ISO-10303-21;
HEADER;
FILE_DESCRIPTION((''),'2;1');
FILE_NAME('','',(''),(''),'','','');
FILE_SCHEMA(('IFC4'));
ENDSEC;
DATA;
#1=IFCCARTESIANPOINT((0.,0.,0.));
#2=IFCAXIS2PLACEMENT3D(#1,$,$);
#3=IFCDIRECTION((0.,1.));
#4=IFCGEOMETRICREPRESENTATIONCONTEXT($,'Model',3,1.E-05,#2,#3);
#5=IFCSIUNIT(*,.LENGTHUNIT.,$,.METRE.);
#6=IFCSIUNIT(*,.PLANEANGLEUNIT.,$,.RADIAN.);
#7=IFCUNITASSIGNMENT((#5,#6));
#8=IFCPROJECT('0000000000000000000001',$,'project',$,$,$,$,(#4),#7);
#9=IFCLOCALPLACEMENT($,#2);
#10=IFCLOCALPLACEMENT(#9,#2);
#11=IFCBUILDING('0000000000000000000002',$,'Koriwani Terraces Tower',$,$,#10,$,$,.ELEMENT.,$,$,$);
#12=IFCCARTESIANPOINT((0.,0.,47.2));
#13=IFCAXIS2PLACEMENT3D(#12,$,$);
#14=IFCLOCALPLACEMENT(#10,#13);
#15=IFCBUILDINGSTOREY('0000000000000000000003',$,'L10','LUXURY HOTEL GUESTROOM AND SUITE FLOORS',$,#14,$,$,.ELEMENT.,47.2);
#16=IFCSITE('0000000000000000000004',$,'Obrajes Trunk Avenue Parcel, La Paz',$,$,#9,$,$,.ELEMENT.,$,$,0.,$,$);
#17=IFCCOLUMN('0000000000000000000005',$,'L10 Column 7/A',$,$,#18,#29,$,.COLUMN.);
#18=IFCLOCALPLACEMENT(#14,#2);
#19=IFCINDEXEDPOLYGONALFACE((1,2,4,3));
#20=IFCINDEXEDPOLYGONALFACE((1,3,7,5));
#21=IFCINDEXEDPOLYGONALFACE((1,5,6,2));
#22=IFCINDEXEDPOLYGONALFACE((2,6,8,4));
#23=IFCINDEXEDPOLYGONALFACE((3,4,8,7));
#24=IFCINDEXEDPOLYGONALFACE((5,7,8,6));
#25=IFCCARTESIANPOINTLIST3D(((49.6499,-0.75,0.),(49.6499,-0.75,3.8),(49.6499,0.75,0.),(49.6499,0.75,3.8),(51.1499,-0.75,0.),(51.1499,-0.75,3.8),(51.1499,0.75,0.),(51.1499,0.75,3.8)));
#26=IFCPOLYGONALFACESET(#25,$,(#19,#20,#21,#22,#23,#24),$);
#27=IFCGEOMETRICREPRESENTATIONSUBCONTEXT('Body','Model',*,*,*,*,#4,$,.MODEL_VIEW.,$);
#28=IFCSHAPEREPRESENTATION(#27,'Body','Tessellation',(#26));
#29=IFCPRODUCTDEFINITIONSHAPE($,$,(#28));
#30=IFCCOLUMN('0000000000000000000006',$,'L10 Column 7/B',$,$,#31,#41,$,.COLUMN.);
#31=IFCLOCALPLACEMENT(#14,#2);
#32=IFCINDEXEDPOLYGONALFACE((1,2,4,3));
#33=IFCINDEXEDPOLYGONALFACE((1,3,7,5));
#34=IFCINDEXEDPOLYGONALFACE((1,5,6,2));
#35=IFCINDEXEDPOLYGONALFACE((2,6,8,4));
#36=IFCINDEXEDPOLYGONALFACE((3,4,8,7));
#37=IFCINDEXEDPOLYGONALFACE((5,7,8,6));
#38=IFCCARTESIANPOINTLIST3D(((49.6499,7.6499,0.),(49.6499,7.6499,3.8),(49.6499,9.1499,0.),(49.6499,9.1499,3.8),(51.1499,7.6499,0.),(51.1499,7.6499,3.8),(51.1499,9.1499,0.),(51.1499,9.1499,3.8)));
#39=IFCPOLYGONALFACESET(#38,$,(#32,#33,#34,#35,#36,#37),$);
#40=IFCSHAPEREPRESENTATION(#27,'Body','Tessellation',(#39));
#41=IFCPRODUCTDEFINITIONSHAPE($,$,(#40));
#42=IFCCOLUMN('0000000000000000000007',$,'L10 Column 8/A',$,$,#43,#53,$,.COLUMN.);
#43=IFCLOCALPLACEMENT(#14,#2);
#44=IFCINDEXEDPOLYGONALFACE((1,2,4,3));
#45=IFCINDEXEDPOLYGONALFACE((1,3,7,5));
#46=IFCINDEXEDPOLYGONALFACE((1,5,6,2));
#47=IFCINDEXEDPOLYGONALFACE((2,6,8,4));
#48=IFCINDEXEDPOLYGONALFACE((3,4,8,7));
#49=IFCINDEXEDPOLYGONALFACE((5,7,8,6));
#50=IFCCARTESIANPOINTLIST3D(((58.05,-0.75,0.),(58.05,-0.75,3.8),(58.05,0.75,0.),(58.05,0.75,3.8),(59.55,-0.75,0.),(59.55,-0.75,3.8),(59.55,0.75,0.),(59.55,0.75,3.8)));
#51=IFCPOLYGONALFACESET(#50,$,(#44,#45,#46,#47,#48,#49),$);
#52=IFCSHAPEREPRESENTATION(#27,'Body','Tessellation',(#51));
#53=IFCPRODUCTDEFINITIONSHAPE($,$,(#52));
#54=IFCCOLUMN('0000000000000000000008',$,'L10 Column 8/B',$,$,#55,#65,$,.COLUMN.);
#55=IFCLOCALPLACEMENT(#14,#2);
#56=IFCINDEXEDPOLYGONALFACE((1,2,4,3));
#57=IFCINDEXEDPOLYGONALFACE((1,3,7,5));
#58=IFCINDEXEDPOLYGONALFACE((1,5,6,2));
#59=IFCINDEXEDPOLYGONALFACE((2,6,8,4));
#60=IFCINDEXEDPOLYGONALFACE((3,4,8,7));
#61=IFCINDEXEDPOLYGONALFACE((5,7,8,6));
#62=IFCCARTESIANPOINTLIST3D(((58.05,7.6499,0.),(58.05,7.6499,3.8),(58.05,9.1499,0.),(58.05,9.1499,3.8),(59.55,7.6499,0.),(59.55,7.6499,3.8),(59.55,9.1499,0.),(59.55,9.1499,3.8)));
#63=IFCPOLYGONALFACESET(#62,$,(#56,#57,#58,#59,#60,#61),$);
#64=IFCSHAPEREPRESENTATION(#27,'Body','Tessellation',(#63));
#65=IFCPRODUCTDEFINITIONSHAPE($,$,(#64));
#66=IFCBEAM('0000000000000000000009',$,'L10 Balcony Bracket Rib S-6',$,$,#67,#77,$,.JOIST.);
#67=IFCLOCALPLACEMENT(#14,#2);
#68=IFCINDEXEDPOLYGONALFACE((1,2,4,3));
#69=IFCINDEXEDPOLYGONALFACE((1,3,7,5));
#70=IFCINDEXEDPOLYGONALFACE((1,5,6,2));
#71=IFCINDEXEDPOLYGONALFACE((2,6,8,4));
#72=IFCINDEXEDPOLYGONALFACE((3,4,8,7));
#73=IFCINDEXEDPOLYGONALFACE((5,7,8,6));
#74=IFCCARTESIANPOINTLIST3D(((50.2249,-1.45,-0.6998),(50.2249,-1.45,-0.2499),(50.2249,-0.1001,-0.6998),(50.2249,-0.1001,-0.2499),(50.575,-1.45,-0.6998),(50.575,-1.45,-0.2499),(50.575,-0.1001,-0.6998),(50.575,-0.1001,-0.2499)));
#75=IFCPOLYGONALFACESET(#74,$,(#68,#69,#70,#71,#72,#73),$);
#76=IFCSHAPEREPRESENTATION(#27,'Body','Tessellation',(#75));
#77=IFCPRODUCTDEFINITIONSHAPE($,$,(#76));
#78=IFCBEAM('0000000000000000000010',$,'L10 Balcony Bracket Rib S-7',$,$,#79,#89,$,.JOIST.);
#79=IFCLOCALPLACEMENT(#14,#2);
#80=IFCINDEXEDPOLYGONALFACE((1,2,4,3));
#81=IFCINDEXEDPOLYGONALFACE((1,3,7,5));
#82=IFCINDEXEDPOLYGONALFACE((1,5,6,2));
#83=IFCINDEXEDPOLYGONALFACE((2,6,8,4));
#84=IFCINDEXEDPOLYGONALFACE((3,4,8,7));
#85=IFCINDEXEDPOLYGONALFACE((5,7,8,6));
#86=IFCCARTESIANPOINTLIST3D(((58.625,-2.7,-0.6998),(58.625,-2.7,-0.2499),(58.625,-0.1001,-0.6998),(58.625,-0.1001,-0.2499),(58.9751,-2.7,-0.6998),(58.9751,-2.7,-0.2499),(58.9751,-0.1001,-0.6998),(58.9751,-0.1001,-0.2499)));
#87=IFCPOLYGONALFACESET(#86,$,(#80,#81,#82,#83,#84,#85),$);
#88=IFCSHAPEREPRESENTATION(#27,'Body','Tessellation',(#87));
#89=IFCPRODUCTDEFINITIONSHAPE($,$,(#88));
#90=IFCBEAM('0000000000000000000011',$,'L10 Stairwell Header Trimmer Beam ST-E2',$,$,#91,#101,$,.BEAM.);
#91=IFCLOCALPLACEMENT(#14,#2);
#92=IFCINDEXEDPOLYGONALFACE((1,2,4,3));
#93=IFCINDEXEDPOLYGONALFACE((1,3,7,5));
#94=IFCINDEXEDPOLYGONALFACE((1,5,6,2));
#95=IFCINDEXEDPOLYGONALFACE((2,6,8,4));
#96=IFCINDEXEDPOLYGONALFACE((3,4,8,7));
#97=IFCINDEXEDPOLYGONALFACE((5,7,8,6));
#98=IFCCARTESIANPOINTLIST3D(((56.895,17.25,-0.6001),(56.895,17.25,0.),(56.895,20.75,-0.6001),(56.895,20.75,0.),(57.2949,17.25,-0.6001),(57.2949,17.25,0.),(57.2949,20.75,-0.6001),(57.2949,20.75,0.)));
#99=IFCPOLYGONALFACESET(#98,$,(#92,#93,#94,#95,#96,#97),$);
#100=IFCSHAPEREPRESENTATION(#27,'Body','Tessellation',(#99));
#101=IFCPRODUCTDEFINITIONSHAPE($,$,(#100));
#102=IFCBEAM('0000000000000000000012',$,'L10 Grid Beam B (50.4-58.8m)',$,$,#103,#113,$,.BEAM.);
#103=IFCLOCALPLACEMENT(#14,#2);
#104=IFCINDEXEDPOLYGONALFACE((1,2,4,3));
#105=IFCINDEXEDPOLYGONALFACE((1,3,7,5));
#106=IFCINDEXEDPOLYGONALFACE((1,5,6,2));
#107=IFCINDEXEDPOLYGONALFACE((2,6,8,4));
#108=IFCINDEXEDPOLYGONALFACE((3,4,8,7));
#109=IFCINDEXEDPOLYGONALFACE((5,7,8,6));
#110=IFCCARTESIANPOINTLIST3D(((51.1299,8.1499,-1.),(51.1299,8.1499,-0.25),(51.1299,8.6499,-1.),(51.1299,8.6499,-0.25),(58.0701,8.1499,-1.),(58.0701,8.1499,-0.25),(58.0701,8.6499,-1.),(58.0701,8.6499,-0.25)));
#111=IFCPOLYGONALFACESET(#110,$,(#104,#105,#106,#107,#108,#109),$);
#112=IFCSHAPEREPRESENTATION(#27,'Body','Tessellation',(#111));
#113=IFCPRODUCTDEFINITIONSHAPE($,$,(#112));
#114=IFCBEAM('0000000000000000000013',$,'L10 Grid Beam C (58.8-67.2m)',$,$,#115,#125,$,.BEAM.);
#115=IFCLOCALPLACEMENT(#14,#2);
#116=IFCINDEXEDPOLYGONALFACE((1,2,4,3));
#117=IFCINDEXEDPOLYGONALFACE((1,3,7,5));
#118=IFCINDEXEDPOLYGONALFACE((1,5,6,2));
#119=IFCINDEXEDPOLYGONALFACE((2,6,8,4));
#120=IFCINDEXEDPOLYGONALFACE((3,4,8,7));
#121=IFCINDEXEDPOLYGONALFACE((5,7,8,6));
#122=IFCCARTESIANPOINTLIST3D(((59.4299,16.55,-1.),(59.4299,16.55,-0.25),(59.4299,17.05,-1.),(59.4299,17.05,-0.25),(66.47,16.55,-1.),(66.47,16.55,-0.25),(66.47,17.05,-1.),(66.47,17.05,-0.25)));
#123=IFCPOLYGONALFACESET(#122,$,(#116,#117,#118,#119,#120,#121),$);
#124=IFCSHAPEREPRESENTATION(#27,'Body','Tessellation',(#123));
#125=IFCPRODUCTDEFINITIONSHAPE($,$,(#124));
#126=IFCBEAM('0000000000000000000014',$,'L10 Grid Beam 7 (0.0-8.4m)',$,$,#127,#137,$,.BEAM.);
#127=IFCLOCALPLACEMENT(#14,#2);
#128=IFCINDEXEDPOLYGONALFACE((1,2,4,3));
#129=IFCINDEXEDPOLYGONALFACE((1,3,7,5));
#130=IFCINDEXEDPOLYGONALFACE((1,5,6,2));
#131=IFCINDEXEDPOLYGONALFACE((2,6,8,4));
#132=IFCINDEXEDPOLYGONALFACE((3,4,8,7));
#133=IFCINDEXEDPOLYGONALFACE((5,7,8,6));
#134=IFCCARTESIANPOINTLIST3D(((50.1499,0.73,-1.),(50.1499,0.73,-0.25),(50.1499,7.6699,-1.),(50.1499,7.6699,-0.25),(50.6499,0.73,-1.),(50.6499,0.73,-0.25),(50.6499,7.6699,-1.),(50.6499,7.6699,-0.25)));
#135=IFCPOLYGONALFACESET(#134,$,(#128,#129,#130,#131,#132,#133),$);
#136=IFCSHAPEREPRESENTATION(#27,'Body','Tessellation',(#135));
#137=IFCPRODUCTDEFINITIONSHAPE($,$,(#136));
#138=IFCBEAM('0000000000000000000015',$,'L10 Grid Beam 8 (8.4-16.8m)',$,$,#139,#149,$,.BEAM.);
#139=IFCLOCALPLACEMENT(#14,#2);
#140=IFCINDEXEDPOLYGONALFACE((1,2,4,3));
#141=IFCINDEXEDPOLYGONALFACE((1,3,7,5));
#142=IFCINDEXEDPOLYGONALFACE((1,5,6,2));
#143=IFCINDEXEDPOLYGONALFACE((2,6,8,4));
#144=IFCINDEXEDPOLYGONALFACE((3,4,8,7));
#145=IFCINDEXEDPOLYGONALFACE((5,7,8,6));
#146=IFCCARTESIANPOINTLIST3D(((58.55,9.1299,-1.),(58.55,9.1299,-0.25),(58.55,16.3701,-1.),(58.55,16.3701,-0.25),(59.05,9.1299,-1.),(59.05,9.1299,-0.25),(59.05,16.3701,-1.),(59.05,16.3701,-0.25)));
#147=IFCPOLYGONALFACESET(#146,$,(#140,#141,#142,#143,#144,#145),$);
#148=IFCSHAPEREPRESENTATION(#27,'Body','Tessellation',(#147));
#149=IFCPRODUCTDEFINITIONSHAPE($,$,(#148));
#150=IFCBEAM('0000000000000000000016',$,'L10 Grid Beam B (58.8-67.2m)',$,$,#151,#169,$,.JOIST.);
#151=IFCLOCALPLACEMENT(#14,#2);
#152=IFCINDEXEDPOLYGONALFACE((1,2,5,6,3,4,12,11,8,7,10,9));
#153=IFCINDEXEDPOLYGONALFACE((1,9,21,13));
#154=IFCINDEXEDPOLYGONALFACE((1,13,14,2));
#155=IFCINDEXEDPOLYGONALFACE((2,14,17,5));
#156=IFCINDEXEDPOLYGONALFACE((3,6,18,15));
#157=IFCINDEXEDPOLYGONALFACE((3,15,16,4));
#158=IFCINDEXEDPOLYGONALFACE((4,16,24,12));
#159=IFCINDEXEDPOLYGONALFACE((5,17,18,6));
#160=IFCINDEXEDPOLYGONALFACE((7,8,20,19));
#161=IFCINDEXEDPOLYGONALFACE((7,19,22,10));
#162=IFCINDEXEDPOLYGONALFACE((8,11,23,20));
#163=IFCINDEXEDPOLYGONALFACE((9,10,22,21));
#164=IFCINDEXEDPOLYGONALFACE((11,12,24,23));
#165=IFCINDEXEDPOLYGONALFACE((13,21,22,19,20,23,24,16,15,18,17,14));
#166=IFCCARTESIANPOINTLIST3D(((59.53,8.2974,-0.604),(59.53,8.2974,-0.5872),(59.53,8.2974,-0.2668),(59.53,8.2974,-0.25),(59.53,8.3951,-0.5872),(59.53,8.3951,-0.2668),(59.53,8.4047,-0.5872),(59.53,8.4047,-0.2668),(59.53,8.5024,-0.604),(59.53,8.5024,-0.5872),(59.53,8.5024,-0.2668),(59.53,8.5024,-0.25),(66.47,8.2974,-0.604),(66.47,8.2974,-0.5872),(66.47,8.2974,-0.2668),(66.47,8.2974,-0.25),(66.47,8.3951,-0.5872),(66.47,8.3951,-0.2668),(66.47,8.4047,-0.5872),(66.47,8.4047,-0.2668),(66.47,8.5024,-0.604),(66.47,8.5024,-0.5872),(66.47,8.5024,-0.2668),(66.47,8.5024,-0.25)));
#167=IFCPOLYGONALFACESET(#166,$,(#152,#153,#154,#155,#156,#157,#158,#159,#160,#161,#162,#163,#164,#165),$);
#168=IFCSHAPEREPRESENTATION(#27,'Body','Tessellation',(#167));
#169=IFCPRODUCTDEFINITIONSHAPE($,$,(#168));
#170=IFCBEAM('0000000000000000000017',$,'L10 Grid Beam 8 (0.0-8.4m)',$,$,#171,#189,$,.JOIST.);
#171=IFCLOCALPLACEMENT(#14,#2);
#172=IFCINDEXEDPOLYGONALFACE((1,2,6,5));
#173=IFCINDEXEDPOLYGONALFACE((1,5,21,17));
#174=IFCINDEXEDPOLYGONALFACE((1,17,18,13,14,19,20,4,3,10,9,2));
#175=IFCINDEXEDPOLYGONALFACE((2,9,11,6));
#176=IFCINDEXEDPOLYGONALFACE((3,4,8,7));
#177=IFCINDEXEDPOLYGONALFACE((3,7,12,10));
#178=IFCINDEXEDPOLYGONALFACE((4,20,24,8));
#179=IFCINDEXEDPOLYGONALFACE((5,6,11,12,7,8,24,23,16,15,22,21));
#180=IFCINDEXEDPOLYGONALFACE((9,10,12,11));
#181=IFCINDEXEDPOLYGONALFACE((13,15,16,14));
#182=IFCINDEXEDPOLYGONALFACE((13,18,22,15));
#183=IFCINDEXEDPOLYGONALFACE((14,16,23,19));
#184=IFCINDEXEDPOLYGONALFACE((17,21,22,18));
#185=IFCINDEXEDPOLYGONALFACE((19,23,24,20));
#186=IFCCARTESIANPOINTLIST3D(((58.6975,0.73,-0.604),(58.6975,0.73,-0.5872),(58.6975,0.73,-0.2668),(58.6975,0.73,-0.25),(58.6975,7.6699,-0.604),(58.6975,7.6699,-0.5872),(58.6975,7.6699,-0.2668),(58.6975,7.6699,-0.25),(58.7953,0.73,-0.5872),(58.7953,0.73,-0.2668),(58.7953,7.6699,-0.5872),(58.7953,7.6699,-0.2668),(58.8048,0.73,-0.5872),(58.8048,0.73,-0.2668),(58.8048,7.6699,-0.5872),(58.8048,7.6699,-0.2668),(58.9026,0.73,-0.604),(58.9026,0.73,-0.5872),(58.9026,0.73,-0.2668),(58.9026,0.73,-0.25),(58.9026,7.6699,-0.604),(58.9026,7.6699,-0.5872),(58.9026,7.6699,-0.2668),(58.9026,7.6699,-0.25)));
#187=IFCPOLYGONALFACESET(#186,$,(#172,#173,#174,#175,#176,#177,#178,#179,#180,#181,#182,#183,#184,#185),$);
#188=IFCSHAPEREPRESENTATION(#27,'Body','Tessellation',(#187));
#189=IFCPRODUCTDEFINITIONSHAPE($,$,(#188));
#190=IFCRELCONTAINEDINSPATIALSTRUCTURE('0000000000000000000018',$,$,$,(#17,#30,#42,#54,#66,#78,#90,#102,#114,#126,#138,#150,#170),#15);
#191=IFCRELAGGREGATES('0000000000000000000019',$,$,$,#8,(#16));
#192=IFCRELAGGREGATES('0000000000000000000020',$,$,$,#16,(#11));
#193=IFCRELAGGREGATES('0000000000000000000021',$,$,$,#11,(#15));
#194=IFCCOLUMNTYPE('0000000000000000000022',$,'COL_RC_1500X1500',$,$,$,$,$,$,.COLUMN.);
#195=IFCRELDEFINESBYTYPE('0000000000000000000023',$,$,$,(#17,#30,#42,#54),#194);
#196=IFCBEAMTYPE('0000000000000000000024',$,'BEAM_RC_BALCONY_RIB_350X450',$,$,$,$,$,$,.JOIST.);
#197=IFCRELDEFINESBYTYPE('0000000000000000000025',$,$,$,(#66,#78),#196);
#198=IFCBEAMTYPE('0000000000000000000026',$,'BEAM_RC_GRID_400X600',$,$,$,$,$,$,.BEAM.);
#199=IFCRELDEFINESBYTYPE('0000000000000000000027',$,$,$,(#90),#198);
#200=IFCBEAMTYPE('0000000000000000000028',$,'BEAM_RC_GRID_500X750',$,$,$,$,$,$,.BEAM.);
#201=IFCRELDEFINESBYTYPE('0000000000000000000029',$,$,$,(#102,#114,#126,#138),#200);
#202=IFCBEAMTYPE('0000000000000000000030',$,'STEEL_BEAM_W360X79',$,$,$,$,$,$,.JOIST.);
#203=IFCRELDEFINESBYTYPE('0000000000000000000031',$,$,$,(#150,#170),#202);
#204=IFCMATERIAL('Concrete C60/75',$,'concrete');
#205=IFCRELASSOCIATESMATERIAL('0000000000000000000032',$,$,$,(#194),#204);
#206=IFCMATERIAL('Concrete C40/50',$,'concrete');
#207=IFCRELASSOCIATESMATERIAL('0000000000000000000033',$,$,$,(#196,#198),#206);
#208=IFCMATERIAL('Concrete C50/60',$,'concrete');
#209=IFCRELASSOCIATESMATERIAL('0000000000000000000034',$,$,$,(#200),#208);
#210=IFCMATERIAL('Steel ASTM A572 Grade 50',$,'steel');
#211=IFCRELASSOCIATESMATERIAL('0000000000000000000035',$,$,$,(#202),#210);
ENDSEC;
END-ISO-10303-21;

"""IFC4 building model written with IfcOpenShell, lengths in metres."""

from ifc_helpers import new_model, si_unit, direction, frame, origin, origin_2d, place, context, subcontext, project, spatial, rectangle, i_section, extrude, material, material_profile, profile_set, type_object, element, save


model = new_model("IFC4")

# Units and contexts
model_context = context("Model", 3, precision=1e-05, world=origin(), true_north=direction((0.0, 1.0)))
body_context = subcontext(model_context, "Body", "Model", "MODEL_VIEW")
ifc_project = project(units=[si_unit("LENGTHUNIT", "METRE"), si_unit("PLANEANGLEUNIT", "RADIAN")], contexts=[model_context])

# Site, building, storey
site_placement = place(None, origin())
site = spatial("IfcSite", under=ifc_project, at=site_placement, Name="Obrajes Trunk Avenue Parcel, La Paz", CompositionType="ELEMENT", RefElevation=0.0)
building_placement = place(site_placement, origin())
building = spatial("IfcBuilding", under=site, at=building_placement, Name="Koriwani Terraces Tower", CompositionType="ELEMENT")
storey_placement = place(building_placement, frame((0.0, 0.0, 47.2)))
storey = spatial("IfcBuildingStorey", under=building, at=storey_placement, Name="L10", Description="LUXURY HOTEL GUESTROOM AND SUITE FLOORS", CompositionType="ELEMENT", Elevation=47.2)

# Columns
ifc_material_1 = material(Name="Concrete C60/75", Category="concrete")
ifc_material_profile_1 = material_profile(ifc_material_1, rectangle(XDim=1.5, YDim=1.5, at=origin_2d()), Name="Concrete C60/75", Category="LoadBearing")
ifc_profile_set_1 = profile_set([ifc_material_profile_1], Name="Concrete C60/75")
column_type = type_object("IfcColumnType", Name="COL_RC_1500X1500", PredefinedType="COLUMN", material=ifc_profile_set_1)
for number, where, z_axis, x_axis, name in (
    (1, (50.3999, 0.0, 0.0), (0.0, 0.0, 1.0), (1.0, 0.0, 0.0), "L10 Column 7/A"),
    (2, (50.3999, 8.3999, 0.0), (0.0, 0.0, 1.0), (1.0, 0.0, 0.0), "L10 Column 7/B"),
    (3, (58.8, 0.0, 0.0), (0.0, 0.0, 1.0), (1.0, 0.0, 0.0), "L10 Column 8/A"),
    (4, (58.8, 8.3999, 0.0), (0.0, 0.0, 1.0), (1.0, 0.0, 0.0), "L10 Column 8/B"),
):
    element("IfcColumn", number, at=place(storey_placement, frame(where, z_axis=z_axis, x_axis=x_axis)), inside=storey, type_object=column_type, Name=name, PredefinedType="COLUMN", context=body_context, shape_type="SweptSolid", body=[
        extrude(rectangle(XDim=1.5, YDim=1.5, at=origin_2d()), origin(), (0.0, 0.0, 1.0), 3.8),
    ])

# Beams
ifc_material_2 = material(Name="Concrete C40/50", Category="concrete")
ifc_material_profile_2 = material_profile(ifc_material_2, rectangle(XDim=0.3501, YDim=0.45, at=origin_2d()), Name="Concrete C40/50", Category="LoadBearing")
ifc_profile_set_2 = profile_set([ifc_material_profile_2], Name="Concrete C40/50")
beam_type_1 = type_object("IfcBeamType", Name="BEAM_RC_BALCONY_RIB_350X450", PredefinedType="JOIST", material=ifc_profile_set_2)
beam_1_placement = place(storey_placement, frame((50.3999, -1.45, -0.4749), z_axis=(0.0, 1.0, 0.0), x_axis=(-1.0, 0.0, 0.0)))
element("IfcBeam", 5, at=beam_1_placement, inside=storey, type_object=beam_type_1, Name="L10 Balcony Bracket Rib S-6", PredefinedType="JOIST", context=body_context, shape_type="SweptSolid", body=[
    extrude(rectangle(XDim=0.3501, YDim=0.45, at=origin_2d()), origin(), (0.0, 0.0, 1.0), 1.3499),
])
beam_2_placement = place(storey_placement, frame((58.8, -2.7, -0.4749), z_axis=(0.0, 1.0, 0.0), x_axis=(-1.0, 0.0, 0.0)))
element("IfcBeam", 6, at=beam_2_placement, inside=storey, type_object=beam_type_1, Name="L10 Balcony Bracket Rib S-7", PredefinedType="JOIST", context=body_context, shape_type="SweptSolid", body=[
    extrude(rectangle(XDim=0.3501, YDim=0.45, at=origin_2d()), origin(), (0.0, 0.0, 1.0), 2.5999),
])
ifc_material_profile_3 = material_profile(ifc_material_2, rectangle(XDim=0.3999, YDim=0.6001, at=origin_2d()), Name="Concrete C40/50", Category="LoadBearing")
ifc_profile_set_3 = profile_set([ifc_material_profile_3], Name="Concrete C40/50")
beam_type_2 = type_object("IfcBeamType", Name="BEAM_RC_GRID_400X600", PredefinedType="BEAM", material=ifc_profile_set_3)
beam_3_placement = place(storey_placement, frame((57.095, 17.25, -0.3), z_axis=(0.0, 1.0, 0.0), x_axis=(-1.0, 0.0, 0.0)))
element("IfcBeam", 7, at=beam_3_placement, inside=storey, type_object=beam_type_2, Name="L10 Stairwell Header Trimmer Beam ST-E2", PredefinedType="BEAM", context=body_context, shape_type="SweptSolid", body=[
    extrude(rectangle(XDim=0.3999, YDim=0.6001, at=origin_2d()), origin(), (0.0, 0.0, 1.0), 3.5),
])
ifc_material_3 = material(Name="Concrete C50/60", Category="concrete")
ifc_material_profile_4 = material_profile(ifc_material_3, rectangle(XDim=0.5, YDim=0.75, at=origin_2d()), Name="Concrete C50/60", Category="LoadBearing")
ifc_profile_set_4 = profile_set([ifc_material_profile_4], Name="Concrete C50/60")
beam_type_3 = type_object("IfcBeamType", Name="BEAM_RC_GRID_500X750", PredefinedType="BEAM", material=ifc_profile_set_4)
beam_4_placement = place(storey_placement, frame((51.1299, 8.3999, -0.625), z_axis=(1.0, 0.0, 0.0), x_axis=(0.0, 1.0, 0.0)))
element("IfcBeam", 8, at=beam_4_placement, inside=storey, type_object=beam_type_3, Name="L10 Grid Beam B (50.4-58.8m)", PredefinedType="BEAM", context=body_context, shape_type="SweptSolid", body=[
    extrude(rectangle(XDim=0.5, YDim=0.75, at=origin_2d()), origin(), (0.0, 0.0, 1.0), 6.9402),
])
beam_5_placement = place(storey_placement, frame((59.4299, 16.8, -0.625), z_axis=(1.0, 0.0, 0.0), x_axis=(0.0, 1.0, 0.0)))
element("IfcBeam", 9, at=beam_5_placement, inside=storey, type_object=beam_type_3, Name="L10 Grid Beam C (58.8-67.2m)", PredefinedType="BEAM", context=body_context, shape_type="SweptSolid", body=[
    extrude(rectangle(XDim=0.5, YDim=0.75, at=origin_2d()), origin(), (0.0, 0.0, 1.0), 7.04),
])
beam_6_placement = place(storey_placement, frame((50.3999, 0.73, -0.625), z_axis=(0.0, 1.0, 0.0), x_axis=(-1.0, 0.0, 0.0)))
element("IfcBeam", 10, at=beam_6_placement, inside=storey, type_object=beam_type_3, Name="L10 Grid Beam 7 (0.0-8.4m)", PredefinedType="BEAM", context=body_context, shape_type="SweptSolid", body=[
    extrude(rectangle(XDim=0.5, YDim=0.75, at=origin_2d()), origin(), (0.0, 0.0, 1.0), 6.9399),
])
beam_7_placement = place(storey_placement, frame((58.8, 9.1299, -0.625), z_axis=(0.0, 1.0, 0.0), x_axis=(-1.0, 0.0, 0.0)))
element("IfcBeam", 11, at=beam_7_placement, inside=storey, type_object=beam_type_3, Name="L10 Grid Beam 8 (8.4-16.8m)", PredefinedType="BEAM", context=body_context, shape_type="SweptSolid", body=[
    extrude(rectangle(XDim=0.5, YDim=0.75, at=origin_2d()), origin(), (0.0, 0.0, 1.0), 7.2402),
])
ifc_material_4 = material(Name="Steel ASTM A572 Grade 50", Category="steel")
ifc_material_profile_5 = material_profile(ifc_material_4, i_section(OverallWidth=0.2051, OverallDepth=0.354, WebThickness=0.0095, FlangeThickness=0.0168, at=origin_2d()), Name="Steel ASTM A572 Grade 50", Category="LoadBearing")
ifc_profile_set_5 = profile_set([ifc_material_profile_5], Name="Steel ASTM A572 Grade 50")
beam_type_4 = type_object("IfcBeamType", Name="STEEL_BEAM_W360X79", PredefinedType="JOIST", material=ifc_profile_set_5)
for number, where, z_axis, x_axis, name in (
    (12, (59.53, 8.3999, -0.427), (1.0, 0.0, 0.0), (0.0, 1.0, 0.0), "L10 Grid Beam B (58.8-67.2m)"),
    (13, (58.8, 0.73, -0.427), (0.0, 1.0, 0.0), (-1.0, 0.0, 0.0), "L10 Grid Beam 8 (0.0-8.4m)"),
):
    element("IfcBeam", number, at=place(storey_placement, frame(where, z_axis=z_axis, x_axis=x_axis)), inside=storey, type_object=beam_type_4, Name=name, PredefinedType="JOIST", context=body_context, shape_type="SweptSolid", body=[
        extrude(i_section(OverallWidth=0.2051, OverallDepth=0.354, WebThickness=0.0095, FlangeThickness=0.0168, at=origin_2d()), origin(), (0.0, 0.0, 1.0), 6.9399),
    ])

save(model, "model.ifc")
